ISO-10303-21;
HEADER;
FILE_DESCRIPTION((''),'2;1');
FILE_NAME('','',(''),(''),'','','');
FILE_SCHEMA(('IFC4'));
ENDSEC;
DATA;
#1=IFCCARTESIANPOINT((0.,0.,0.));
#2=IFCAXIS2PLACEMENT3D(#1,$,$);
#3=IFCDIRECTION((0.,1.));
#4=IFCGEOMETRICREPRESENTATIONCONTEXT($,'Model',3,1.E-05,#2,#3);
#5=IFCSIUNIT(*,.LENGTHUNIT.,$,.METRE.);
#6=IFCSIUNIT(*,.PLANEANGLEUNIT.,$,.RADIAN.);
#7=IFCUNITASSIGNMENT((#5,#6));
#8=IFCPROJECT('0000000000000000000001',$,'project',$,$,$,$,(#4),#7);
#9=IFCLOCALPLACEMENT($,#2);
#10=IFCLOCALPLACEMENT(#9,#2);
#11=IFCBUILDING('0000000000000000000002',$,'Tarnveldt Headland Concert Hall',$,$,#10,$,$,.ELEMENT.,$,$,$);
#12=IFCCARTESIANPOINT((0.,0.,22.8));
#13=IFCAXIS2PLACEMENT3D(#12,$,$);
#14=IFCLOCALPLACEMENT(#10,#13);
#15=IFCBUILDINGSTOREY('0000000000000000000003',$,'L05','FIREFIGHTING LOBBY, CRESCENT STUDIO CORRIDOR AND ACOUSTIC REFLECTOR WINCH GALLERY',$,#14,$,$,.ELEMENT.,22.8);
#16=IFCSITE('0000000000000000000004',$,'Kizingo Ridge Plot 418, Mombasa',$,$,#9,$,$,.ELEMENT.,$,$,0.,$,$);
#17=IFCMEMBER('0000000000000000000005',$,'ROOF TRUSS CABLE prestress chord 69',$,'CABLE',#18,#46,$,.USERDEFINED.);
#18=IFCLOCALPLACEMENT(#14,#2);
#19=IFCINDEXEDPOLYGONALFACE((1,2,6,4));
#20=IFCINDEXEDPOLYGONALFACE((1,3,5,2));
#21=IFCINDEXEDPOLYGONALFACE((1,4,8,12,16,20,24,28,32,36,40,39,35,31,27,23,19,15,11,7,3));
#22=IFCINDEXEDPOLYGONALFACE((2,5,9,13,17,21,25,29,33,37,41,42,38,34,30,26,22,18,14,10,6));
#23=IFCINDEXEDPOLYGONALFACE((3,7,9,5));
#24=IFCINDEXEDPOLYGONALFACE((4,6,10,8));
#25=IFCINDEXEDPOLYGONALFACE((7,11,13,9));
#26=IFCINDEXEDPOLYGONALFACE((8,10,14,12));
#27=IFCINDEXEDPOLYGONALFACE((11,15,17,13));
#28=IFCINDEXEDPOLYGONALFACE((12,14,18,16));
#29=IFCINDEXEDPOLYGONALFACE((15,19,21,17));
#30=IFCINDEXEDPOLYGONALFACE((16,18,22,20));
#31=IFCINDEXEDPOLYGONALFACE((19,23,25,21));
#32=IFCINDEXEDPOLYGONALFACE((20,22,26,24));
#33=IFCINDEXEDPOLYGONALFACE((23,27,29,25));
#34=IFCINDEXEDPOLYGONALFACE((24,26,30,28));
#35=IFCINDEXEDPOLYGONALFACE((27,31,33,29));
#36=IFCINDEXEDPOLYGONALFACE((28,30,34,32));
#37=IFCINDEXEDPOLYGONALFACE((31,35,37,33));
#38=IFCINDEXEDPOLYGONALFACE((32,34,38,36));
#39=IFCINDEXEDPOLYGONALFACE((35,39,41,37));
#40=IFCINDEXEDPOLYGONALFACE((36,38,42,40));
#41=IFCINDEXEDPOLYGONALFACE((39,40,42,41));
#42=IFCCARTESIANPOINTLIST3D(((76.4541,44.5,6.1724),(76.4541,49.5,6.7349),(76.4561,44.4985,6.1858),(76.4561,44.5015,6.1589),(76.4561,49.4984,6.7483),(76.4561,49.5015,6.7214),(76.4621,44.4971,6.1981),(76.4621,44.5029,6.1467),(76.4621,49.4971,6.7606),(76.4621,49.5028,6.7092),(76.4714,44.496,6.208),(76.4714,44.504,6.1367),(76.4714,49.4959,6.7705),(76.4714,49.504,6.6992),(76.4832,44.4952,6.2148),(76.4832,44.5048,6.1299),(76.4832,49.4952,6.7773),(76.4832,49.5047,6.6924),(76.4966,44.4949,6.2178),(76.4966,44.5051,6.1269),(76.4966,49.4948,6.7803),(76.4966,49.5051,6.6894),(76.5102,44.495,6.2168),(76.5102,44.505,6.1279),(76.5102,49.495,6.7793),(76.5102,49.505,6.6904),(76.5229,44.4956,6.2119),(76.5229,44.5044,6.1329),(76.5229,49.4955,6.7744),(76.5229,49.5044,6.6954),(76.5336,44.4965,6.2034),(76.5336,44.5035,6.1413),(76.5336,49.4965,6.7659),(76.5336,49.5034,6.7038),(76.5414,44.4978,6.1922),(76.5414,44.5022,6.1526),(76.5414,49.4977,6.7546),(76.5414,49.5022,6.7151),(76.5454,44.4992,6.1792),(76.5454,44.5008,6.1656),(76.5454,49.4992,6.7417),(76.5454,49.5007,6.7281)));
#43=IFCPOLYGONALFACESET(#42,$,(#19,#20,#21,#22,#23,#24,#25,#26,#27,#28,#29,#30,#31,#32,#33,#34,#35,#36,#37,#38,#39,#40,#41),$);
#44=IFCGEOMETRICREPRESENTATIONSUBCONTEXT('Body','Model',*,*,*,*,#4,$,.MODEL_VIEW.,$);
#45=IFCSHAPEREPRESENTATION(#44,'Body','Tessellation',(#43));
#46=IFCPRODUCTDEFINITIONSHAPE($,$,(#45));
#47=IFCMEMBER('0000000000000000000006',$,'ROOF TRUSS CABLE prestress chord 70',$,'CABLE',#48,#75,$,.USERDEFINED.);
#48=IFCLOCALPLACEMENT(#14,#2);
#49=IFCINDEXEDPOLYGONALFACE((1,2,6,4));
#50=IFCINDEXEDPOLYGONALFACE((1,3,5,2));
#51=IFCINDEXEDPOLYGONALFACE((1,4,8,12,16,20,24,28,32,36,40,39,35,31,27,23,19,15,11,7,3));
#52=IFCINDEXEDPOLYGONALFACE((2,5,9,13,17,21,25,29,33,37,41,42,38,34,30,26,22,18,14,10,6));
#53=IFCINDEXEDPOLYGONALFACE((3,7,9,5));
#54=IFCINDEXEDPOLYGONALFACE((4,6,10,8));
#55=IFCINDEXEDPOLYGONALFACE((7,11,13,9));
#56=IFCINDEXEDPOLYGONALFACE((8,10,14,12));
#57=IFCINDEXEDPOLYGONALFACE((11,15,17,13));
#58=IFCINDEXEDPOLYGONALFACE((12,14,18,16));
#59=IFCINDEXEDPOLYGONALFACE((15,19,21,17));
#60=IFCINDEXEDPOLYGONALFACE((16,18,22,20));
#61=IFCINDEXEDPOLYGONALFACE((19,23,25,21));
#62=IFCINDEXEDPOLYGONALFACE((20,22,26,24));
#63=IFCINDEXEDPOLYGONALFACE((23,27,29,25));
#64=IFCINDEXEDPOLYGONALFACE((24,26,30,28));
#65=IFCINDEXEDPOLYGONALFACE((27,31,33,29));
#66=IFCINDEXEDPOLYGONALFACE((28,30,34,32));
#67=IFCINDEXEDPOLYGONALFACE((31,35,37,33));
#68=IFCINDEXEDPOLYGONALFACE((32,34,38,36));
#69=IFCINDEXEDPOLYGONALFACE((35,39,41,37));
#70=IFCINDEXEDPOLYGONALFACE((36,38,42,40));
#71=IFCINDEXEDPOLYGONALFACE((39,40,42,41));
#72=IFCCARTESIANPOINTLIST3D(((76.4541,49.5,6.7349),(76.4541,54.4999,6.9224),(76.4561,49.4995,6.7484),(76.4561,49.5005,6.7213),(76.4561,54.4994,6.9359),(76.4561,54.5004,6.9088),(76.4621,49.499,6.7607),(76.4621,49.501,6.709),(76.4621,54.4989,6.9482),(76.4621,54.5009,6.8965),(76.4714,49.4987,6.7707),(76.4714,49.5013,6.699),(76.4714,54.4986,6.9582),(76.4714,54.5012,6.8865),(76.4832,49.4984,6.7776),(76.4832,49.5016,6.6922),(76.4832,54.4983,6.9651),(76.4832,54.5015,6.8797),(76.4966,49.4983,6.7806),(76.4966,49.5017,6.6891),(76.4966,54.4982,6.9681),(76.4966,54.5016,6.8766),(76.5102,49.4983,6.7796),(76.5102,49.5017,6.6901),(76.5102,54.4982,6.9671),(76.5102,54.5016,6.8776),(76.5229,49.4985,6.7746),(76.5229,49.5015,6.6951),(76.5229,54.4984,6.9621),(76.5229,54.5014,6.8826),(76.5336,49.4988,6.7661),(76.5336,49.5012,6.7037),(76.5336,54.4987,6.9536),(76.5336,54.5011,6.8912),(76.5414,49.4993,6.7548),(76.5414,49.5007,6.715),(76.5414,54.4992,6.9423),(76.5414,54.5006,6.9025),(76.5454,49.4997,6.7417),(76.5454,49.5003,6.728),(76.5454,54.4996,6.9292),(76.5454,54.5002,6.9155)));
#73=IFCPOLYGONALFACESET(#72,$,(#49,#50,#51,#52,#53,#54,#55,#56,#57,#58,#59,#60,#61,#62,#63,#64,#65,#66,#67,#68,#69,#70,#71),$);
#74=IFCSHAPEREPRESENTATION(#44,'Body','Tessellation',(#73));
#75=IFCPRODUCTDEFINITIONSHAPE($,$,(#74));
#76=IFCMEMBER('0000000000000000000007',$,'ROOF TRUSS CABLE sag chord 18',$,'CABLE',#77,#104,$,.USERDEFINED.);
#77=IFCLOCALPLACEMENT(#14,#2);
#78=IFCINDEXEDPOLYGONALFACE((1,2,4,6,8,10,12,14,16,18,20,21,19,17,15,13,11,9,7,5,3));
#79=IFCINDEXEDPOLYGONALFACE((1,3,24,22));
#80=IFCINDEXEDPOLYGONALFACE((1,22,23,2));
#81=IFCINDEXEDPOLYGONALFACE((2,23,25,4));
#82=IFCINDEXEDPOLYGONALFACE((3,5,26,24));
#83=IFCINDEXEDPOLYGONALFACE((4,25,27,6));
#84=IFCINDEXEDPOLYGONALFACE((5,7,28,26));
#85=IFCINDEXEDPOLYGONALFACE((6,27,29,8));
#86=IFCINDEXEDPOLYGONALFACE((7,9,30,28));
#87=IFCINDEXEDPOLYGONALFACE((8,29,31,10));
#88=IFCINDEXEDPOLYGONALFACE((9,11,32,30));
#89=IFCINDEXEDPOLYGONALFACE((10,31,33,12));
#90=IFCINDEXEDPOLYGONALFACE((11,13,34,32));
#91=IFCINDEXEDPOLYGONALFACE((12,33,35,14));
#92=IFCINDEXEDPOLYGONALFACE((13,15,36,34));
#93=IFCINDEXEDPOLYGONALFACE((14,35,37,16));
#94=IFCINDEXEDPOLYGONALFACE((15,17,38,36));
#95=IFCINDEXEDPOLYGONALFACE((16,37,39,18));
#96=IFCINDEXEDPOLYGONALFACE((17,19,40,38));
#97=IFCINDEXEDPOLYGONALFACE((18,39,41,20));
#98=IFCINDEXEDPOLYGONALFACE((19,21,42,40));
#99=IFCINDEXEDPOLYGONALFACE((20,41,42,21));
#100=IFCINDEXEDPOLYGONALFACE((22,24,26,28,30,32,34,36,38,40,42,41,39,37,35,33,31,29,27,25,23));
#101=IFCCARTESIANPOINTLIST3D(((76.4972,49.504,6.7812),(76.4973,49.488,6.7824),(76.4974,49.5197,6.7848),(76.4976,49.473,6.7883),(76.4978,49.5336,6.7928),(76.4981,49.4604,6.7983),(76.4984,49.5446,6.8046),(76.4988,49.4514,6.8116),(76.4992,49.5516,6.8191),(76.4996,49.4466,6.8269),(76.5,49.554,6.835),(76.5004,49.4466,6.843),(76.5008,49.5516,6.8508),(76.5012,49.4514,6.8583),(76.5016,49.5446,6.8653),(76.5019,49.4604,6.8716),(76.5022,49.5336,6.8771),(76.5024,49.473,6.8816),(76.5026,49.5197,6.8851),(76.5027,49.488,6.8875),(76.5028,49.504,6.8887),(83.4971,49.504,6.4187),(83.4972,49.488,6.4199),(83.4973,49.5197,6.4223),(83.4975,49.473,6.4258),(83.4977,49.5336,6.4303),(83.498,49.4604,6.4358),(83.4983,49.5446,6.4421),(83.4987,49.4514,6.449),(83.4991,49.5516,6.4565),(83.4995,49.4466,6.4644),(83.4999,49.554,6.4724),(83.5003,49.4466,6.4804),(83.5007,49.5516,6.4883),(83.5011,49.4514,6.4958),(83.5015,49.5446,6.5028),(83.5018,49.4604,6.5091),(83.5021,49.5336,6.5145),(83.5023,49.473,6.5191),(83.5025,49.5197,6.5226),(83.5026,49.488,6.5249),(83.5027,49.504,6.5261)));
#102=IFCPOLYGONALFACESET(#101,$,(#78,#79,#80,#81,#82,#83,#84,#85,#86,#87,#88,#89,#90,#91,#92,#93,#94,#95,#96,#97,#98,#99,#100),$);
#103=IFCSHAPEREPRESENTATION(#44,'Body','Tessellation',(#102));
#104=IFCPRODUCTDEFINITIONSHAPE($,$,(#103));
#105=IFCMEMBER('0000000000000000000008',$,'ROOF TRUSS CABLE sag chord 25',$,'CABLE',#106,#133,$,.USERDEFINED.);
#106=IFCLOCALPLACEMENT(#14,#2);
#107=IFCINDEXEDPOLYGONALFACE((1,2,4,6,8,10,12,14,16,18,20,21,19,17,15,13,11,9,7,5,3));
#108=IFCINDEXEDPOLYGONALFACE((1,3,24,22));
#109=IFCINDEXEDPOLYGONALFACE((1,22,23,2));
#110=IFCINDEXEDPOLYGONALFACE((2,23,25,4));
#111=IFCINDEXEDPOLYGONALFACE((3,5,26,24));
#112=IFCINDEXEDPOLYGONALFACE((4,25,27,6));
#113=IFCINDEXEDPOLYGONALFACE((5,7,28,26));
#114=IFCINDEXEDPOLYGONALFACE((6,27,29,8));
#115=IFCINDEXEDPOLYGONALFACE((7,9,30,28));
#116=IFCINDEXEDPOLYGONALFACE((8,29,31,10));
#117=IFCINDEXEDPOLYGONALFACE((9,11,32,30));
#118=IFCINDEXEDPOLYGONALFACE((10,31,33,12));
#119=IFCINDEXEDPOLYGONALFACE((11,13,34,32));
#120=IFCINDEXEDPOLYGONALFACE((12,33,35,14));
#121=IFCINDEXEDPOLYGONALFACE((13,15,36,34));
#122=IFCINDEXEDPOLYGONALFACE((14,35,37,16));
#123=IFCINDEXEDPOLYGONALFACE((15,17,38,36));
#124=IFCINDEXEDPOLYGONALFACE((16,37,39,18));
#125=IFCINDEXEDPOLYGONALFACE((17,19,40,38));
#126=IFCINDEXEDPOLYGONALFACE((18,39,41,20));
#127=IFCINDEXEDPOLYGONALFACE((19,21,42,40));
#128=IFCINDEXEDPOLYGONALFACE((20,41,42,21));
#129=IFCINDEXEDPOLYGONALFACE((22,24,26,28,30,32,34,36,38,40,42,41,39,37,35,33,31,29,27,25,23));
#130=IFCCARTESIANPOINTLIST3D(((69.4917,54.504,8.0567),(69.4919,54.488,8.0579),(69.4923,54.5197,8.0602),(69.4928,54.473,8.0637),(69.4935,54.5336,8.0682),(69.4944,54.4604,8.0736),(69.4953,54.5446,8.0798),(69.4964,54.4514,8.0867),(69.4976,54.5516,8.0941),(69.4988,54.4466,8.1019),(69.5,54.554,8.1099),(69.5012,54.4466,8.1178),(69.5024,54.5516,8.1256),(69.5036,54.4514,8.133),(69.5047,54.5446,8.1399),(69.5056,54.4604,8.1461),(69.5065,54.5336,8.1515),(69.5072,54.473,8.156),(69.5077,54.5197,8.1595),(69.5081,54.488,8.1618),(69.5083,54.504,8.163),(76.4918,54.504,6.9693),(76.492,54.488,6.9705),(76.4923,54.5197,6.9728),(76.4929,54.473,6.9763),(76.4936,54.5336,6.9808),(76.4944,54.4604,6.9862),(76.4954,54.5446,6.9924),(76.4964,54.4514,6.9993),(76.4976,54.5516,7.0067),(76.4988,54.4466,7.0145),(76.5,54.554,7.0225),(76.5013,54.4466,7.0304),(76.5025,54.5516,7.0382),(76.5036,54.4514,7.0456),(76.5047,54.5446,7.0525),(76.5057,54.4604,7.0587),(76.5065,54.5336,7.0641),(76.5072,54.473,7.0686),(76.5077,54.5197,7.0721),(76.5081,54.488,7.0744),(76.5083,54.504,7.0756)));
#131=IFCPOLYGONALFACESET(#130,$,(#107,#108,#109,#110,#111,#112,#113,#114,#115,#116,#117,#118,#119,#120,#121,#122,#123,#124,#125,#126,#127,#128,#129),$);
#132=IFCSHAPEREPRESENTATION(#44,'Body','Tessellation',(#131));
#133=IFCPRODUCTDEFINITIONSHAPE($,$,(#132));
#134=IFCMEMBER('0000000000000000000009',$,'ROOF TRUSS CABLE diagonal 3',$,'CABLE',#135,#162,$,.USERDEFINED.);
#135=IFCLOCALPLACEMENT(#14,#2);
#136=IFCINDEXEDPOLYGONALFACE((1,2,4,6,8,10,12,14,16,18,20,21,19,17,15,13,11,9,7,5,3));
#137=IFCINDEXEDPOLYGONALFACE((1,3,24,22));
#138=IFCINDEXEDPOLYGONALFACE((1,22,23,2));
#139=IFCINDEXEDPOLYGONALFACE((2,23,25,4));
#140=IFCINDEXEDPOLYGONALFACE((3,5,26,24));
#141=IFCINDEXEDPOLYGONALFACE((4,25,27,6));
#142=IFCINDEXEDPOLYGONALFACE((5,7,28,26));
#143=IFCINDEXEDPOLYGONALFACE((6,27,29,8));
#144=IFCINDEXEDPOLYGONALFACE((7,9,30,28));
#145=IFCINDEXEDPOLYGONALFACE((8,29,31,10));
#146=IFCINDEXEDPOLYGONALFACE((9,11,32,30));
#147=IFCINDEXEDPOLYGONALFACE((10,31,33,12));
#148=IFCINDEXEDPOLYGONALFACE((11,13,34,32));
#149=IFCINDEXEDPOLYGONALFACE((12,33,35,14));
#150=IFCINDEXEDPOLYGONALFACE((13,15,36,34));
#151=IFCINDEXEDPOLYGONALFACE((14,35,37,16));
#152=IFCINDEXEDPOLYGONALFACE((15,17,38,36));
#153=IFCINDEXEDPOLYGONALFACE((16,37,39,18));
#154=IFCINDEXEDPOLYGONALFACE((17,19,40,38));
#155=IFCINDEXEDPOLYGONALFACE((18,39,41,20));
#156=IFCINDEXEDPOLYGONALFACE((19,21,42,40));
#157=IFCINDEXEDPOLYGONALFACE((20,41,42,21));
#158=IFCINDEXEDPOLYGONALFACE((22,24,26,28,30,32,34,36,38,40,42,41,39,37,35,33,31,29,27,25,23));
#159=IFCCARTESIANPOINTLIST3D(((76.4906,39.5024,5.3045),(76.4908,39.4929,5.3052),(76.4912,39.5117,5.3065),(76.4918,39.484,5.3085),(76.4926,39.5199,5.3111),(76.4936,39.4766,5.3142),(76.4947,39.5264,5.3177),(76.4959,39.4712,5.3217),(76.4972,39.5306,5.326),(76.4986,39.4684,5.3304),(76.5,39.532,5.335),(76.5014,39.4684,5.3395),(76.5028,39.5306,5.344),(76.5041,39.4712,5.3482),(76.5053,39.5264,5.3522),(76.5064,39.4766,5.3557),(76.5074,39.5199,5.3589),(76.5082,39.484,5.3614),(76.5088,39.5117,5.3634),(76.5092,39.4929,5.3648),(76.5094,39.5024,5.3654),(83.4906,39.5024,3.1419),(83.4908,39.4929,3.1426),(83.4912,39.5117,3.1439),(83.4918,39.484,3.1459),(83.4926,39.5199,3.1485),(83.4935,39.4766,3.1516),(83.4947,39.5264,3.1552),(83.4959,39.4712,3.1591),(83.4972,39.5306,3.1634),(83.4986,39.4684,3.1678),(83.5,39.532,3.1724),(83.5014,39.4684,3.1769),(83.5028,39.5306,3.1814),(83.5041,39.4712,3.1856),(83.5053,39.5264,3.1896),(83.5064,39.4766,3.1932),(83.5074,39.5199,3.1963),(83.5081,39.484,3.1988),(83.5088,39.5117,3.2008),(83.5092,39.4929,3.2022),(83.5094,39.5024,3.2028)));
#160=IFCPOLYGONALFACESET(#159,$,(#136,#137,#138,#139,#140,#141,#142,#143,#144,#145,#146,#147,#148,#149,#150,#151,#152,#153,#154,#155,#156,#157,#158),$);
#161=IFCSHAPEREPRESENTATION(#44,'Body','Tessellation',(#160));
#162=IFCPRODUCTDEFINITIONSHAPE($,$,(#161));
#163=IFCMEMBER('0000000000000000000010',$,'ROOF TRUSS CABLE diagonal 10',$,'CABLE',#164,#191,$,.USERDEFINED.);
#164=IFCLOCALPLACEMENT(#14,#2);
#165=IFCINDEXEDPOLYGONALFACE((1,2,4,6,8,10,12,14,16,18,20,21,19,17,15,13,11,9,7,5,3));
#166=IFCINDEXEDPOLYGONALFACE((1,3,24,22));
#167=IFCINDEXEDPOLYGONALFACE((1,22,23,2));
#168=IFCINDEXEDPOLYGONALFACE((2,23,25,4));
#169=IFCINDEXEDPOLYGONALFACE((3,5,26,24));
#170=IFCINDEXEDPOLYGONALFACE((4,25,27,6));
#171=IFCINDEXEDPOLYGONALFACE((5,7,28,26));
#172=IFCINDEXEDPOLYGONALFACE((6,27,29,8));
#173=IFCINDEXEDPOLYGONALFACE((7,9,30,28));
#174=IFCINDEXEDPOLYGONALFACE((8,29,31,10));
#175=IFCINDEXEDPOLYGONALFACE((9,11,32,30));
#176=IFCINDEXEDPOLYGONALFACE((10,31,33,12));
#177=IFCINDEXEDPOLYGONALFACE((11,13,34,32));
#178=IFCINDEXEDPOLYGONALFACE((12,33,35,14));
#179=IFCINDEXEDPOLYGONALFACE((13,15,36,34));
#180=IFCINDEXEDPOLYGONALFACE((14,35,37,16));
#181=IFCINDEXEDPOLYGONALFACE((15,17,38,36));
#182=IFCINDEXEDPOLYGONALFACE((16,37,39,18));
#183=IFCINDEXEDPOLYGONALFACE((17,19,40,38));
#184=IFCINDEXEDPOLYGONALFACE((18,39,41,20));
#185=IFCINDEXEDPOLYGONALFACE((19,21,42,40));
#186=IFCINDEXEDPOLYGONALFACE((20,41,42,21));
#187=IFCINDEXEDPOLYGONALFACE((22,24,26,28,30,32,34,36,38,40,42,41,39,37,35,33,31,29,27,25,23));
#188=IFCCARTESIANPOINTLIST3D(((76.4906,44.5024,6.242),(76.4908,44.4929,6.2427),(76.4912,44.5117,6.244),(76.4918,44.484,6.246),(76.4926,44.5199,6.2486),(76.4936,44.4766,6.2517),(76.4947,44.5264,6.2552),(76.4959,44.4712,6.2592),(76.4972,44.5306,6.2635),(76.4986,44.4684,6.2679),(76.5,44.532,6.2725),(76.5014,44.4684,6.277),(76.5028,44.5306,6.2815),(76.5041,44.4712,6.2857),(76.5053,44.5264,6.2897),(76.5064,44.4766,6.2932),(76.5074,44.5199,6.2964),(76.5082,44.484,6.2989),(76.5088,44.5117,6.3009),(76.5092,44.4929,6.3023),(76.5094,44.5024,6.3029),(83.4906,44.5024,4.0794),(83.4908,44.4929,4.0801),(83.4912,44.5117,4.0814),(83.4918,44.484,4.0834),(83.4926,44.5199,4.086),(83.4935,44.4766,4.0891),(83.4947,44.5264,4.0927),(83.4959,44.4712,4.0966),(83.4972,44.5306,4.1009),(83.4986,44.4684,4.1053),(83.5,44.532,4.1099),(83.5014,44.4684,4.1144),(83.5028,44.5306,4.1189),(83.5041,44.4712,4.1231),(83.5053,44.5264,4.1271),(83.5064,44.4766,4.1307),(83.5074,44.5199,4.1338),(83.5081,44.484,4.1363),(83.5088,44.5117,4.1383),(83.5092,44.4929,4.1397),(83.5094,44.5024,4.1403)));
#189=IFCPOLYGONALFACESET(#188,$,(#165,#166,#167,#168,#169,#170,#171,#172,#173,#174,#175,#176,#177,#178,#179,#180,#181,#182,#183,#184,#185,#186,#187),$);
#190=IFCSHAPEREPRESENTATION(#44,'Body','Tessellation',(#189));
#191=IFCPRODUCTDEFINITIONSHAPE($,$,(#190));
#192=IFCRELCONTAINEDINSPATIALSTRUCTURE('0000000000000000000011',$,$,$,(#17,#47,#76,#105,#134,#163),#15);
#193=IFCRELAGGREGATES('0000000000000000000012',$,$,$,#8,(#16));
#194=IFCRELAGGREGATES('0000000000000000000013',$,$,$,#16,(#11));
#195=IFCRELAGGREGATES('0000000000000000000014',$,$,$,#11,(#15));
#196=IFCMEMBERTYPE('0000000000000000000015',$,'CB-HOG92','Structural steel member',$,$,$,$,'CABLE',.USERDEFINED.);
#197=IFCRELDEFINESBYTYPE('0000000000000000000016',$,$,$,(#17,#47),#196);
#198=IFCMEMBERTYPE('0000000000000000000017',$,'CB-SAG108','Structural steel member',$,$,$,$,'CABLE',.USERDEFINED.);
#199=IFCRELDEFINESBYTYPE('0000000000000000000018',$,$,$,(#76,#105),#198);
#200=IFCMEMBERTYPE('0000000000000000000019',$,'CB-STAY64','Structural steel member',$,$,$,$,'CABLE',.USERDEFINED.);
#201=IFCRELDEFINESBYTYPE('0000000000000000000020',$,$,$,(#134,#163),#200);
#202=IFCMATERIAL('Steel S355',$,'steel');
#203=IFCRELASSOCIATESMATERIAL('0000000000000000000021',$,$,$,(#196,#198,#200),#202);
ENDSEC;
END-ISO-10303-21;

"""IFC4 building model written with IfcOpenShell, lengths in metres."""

from ifc_helpers import new_model, si_unit, direction, frame, origin, origin_2d, place, context, subcontext, project, spatial, circle, extrude, material, material_profile, profile_set, type_object, element, save


model = new_model("IFC4")

# Units and contexts
model_context = context("Model", 3, precision=1e-05, world=origin(), true_north=direction((0.0, 1.0)))
body_context = subcontext(model_context, "Body", "Model", "MODEL_VIEW")
ifc_project = project(units=[si_unit("LENGTHUNIT", "METRE"), si_unit("PLANEANGLEUNIT", "RADIAN")], contexts=[model_context])

# Site, building, storey
site_placement = place(None, origin())
site = spatial("IfcSite", under=ifc_project, at=site_placement, Name="Kizingo Ridge Plot 418, Mombasa", CompositionType="ELEMENT", RefElevation=0.0)
building_placement = place(site_placement, origin())
building = spatial("IfcBuilding", under=site, at=building_placement, Name="Tarnveldt Headland Concert Hall", CompositionType="ELEMENT")
storey_placement = place(building_placement, frame((0.0, 0.0, 22.8)))
storey = spatial("IfcBuildingStorey", under=building, at=storey_placement, Name="L05", Description="FIREFIGHTING LOBBY, CRESCENT STUDIO CORRIDOR AND ACOUSTIC REFLECTOR WINCH GALLERY", CompositionType="ELEMENT", Elevation=22.8)

# Members
ifc_material_1 = material(Name="Steel S355", Category="steel")
ifc_material_profile_1 = material_profile(ifc_material_1, circle(Radius=0.0459, at=origin_2d()), Name="LC D92", Category="steel")
ifc_profile_set_1 = profile_set([ifc_material_profile_1], Name="Steel S355")
member_type_1 = type_object("IfcMemberType", Name="CB-HOG92", Description="Structural steel member", ElementType="CABLE", PredefinedType="USERDEFINED", material=ifc_profile_set_1)
member_1_placement = place(storey_placement, frame((76.5, 44.5, 6.1724), z_axis=(0.0, 0.993731, 0.111795), x_axis=(-1.0, 0.0, 0.0)))
element("IfcMember", 1, at=member_1_placement, inside=storey, type_object=member_type_1, Name="ROOF TRUSS CABLE prestress chord 69", ObjectType="CABLE", PredefinedType="USERDEFINED", context=body_context, shape_type="SweptSolid", body=[
    extrude(circle(Radius=0.0459, at=origin_2d()), origin(), (0.0, 0.0, 1.0), 5.0315),
])
member_2_placement = place(storey_placement, frame((76.5, 49.5, 6.7349), z_axis=(0.0, 0.999298, 0.037474), x_axis=(-1.0, 0.0, 0.0)))
element("IfcMember", 2, at=member_2_placement, inside=storey, type_object=member_type_1, Name="ROOF TRUSS CABLE prestress chord 70", ObjectType="CABLE", PredefinedType="USERDEFINED", context=body_context, shape_type="SweptSolid", body=[
    extrude(circle(Radius=0.0459, at=origin_2d()), origin(), (0.0, 0.0, 1.0), 5.0034),
])
ifc_material_profile_2 = material_profile(ifc_material_1, circle(Radius=0.054, at=origin_2d()), Name="LC D108", Category="steel")
ifc_profile_set_2 = profile_set([ifc_material_profile_2], Name="Steel S355")
member_type_2 = type_object("IfcMemberType", Name="CB-SAG108", Description="Structural steel member", ElementType="CABLE", PredefinedType="USERDEFINED", material=ifc_profile_set_2)
member_3_placement = place(storey_placement, frame((76.5, 49.5, 6.835), z_axis=(0.998661, 0.0, -0.051723), x_axis=(0.0, 1.0, 0.0)))
element("IfcMember", 3, at=member_3_placement, inside=storey, type_object=member_type_2, Name="ROOF TRUSS CABLE sag chord 18", ObjectType="CABLE", PredefinedType="USERDEFINED", context=body_context, shape_type="SweptSolid", body=[
    extrude(circle(Radius=0.054, at=origin_2d()), origin(), (0.0, 0.0, 1.0), 7.0093),
])
member_4_placement = place(storey_placement, frame((69.5, 54.5, 8.1099), z_axis=(0.988148, 0.0, -0.153502), x_axis=(0.0, 1.0, 0.0)))
element("IfcMember", 4, at=member_4_placement, inside=storey, type_object=member_type_2, Name="ROOF TRUSS CABLE sag chord 25", ObjectType="CABLE", PredefinedType="USERDEFINED", context=body_context, shape_type="SweptSolid", body=[
    extrude(circle(Radius=0.054, at=origin_2d()), origin(), (0.0, 0.0, 1.0), 7.084),
])
ifc_material_profile_3 = material_profile(ifc_material_1, circle(Radius=0.032, at=origin_2d()), Name="LC D64", Category="steel")
ifc_profile_set_3 = profile_set([ifc_material_profile_3], Name="Steel S355")
member_type_3 = type_object("IfcMemberType", Name="CB-STAY64", Description="Structural steel member", ElementType="CABLE", PredefinedType="USERDEFINED", material=ifc_profile_set_3)
for number, where, z_axis, x_axis, name in (
    (5, (76.5, 39.5, 5.335), (0.955443, 0.0, -0.295177), (0.0, 1.0, 0.0), "ROOF TRUSS CABLE diagonal 3"),
    (6, (76.5, 44.5, 6.2725), (0.955443, 0.0, -0.295177), (0.0, 1.0, 0.0), "ROOF TRUSS CABLE diagonal 10"),
):
    element("IfcMember", number, at=place(storey_placement, frame(where, z_axis=z_axis, x_axis=x_axis)), inside=storey, type_object=member_type_3, Name=name, ObjectType="CABLE", PredefinedType="USERDEFINED", context=body_context, shape_type="SweptSolid", body=[
        extrude(circle(Radius=0.032, at=origin_2d()), origin(), (0.0, 0.0, 1.0), 7.3264),
    ])

save(model, "model.ifc")
